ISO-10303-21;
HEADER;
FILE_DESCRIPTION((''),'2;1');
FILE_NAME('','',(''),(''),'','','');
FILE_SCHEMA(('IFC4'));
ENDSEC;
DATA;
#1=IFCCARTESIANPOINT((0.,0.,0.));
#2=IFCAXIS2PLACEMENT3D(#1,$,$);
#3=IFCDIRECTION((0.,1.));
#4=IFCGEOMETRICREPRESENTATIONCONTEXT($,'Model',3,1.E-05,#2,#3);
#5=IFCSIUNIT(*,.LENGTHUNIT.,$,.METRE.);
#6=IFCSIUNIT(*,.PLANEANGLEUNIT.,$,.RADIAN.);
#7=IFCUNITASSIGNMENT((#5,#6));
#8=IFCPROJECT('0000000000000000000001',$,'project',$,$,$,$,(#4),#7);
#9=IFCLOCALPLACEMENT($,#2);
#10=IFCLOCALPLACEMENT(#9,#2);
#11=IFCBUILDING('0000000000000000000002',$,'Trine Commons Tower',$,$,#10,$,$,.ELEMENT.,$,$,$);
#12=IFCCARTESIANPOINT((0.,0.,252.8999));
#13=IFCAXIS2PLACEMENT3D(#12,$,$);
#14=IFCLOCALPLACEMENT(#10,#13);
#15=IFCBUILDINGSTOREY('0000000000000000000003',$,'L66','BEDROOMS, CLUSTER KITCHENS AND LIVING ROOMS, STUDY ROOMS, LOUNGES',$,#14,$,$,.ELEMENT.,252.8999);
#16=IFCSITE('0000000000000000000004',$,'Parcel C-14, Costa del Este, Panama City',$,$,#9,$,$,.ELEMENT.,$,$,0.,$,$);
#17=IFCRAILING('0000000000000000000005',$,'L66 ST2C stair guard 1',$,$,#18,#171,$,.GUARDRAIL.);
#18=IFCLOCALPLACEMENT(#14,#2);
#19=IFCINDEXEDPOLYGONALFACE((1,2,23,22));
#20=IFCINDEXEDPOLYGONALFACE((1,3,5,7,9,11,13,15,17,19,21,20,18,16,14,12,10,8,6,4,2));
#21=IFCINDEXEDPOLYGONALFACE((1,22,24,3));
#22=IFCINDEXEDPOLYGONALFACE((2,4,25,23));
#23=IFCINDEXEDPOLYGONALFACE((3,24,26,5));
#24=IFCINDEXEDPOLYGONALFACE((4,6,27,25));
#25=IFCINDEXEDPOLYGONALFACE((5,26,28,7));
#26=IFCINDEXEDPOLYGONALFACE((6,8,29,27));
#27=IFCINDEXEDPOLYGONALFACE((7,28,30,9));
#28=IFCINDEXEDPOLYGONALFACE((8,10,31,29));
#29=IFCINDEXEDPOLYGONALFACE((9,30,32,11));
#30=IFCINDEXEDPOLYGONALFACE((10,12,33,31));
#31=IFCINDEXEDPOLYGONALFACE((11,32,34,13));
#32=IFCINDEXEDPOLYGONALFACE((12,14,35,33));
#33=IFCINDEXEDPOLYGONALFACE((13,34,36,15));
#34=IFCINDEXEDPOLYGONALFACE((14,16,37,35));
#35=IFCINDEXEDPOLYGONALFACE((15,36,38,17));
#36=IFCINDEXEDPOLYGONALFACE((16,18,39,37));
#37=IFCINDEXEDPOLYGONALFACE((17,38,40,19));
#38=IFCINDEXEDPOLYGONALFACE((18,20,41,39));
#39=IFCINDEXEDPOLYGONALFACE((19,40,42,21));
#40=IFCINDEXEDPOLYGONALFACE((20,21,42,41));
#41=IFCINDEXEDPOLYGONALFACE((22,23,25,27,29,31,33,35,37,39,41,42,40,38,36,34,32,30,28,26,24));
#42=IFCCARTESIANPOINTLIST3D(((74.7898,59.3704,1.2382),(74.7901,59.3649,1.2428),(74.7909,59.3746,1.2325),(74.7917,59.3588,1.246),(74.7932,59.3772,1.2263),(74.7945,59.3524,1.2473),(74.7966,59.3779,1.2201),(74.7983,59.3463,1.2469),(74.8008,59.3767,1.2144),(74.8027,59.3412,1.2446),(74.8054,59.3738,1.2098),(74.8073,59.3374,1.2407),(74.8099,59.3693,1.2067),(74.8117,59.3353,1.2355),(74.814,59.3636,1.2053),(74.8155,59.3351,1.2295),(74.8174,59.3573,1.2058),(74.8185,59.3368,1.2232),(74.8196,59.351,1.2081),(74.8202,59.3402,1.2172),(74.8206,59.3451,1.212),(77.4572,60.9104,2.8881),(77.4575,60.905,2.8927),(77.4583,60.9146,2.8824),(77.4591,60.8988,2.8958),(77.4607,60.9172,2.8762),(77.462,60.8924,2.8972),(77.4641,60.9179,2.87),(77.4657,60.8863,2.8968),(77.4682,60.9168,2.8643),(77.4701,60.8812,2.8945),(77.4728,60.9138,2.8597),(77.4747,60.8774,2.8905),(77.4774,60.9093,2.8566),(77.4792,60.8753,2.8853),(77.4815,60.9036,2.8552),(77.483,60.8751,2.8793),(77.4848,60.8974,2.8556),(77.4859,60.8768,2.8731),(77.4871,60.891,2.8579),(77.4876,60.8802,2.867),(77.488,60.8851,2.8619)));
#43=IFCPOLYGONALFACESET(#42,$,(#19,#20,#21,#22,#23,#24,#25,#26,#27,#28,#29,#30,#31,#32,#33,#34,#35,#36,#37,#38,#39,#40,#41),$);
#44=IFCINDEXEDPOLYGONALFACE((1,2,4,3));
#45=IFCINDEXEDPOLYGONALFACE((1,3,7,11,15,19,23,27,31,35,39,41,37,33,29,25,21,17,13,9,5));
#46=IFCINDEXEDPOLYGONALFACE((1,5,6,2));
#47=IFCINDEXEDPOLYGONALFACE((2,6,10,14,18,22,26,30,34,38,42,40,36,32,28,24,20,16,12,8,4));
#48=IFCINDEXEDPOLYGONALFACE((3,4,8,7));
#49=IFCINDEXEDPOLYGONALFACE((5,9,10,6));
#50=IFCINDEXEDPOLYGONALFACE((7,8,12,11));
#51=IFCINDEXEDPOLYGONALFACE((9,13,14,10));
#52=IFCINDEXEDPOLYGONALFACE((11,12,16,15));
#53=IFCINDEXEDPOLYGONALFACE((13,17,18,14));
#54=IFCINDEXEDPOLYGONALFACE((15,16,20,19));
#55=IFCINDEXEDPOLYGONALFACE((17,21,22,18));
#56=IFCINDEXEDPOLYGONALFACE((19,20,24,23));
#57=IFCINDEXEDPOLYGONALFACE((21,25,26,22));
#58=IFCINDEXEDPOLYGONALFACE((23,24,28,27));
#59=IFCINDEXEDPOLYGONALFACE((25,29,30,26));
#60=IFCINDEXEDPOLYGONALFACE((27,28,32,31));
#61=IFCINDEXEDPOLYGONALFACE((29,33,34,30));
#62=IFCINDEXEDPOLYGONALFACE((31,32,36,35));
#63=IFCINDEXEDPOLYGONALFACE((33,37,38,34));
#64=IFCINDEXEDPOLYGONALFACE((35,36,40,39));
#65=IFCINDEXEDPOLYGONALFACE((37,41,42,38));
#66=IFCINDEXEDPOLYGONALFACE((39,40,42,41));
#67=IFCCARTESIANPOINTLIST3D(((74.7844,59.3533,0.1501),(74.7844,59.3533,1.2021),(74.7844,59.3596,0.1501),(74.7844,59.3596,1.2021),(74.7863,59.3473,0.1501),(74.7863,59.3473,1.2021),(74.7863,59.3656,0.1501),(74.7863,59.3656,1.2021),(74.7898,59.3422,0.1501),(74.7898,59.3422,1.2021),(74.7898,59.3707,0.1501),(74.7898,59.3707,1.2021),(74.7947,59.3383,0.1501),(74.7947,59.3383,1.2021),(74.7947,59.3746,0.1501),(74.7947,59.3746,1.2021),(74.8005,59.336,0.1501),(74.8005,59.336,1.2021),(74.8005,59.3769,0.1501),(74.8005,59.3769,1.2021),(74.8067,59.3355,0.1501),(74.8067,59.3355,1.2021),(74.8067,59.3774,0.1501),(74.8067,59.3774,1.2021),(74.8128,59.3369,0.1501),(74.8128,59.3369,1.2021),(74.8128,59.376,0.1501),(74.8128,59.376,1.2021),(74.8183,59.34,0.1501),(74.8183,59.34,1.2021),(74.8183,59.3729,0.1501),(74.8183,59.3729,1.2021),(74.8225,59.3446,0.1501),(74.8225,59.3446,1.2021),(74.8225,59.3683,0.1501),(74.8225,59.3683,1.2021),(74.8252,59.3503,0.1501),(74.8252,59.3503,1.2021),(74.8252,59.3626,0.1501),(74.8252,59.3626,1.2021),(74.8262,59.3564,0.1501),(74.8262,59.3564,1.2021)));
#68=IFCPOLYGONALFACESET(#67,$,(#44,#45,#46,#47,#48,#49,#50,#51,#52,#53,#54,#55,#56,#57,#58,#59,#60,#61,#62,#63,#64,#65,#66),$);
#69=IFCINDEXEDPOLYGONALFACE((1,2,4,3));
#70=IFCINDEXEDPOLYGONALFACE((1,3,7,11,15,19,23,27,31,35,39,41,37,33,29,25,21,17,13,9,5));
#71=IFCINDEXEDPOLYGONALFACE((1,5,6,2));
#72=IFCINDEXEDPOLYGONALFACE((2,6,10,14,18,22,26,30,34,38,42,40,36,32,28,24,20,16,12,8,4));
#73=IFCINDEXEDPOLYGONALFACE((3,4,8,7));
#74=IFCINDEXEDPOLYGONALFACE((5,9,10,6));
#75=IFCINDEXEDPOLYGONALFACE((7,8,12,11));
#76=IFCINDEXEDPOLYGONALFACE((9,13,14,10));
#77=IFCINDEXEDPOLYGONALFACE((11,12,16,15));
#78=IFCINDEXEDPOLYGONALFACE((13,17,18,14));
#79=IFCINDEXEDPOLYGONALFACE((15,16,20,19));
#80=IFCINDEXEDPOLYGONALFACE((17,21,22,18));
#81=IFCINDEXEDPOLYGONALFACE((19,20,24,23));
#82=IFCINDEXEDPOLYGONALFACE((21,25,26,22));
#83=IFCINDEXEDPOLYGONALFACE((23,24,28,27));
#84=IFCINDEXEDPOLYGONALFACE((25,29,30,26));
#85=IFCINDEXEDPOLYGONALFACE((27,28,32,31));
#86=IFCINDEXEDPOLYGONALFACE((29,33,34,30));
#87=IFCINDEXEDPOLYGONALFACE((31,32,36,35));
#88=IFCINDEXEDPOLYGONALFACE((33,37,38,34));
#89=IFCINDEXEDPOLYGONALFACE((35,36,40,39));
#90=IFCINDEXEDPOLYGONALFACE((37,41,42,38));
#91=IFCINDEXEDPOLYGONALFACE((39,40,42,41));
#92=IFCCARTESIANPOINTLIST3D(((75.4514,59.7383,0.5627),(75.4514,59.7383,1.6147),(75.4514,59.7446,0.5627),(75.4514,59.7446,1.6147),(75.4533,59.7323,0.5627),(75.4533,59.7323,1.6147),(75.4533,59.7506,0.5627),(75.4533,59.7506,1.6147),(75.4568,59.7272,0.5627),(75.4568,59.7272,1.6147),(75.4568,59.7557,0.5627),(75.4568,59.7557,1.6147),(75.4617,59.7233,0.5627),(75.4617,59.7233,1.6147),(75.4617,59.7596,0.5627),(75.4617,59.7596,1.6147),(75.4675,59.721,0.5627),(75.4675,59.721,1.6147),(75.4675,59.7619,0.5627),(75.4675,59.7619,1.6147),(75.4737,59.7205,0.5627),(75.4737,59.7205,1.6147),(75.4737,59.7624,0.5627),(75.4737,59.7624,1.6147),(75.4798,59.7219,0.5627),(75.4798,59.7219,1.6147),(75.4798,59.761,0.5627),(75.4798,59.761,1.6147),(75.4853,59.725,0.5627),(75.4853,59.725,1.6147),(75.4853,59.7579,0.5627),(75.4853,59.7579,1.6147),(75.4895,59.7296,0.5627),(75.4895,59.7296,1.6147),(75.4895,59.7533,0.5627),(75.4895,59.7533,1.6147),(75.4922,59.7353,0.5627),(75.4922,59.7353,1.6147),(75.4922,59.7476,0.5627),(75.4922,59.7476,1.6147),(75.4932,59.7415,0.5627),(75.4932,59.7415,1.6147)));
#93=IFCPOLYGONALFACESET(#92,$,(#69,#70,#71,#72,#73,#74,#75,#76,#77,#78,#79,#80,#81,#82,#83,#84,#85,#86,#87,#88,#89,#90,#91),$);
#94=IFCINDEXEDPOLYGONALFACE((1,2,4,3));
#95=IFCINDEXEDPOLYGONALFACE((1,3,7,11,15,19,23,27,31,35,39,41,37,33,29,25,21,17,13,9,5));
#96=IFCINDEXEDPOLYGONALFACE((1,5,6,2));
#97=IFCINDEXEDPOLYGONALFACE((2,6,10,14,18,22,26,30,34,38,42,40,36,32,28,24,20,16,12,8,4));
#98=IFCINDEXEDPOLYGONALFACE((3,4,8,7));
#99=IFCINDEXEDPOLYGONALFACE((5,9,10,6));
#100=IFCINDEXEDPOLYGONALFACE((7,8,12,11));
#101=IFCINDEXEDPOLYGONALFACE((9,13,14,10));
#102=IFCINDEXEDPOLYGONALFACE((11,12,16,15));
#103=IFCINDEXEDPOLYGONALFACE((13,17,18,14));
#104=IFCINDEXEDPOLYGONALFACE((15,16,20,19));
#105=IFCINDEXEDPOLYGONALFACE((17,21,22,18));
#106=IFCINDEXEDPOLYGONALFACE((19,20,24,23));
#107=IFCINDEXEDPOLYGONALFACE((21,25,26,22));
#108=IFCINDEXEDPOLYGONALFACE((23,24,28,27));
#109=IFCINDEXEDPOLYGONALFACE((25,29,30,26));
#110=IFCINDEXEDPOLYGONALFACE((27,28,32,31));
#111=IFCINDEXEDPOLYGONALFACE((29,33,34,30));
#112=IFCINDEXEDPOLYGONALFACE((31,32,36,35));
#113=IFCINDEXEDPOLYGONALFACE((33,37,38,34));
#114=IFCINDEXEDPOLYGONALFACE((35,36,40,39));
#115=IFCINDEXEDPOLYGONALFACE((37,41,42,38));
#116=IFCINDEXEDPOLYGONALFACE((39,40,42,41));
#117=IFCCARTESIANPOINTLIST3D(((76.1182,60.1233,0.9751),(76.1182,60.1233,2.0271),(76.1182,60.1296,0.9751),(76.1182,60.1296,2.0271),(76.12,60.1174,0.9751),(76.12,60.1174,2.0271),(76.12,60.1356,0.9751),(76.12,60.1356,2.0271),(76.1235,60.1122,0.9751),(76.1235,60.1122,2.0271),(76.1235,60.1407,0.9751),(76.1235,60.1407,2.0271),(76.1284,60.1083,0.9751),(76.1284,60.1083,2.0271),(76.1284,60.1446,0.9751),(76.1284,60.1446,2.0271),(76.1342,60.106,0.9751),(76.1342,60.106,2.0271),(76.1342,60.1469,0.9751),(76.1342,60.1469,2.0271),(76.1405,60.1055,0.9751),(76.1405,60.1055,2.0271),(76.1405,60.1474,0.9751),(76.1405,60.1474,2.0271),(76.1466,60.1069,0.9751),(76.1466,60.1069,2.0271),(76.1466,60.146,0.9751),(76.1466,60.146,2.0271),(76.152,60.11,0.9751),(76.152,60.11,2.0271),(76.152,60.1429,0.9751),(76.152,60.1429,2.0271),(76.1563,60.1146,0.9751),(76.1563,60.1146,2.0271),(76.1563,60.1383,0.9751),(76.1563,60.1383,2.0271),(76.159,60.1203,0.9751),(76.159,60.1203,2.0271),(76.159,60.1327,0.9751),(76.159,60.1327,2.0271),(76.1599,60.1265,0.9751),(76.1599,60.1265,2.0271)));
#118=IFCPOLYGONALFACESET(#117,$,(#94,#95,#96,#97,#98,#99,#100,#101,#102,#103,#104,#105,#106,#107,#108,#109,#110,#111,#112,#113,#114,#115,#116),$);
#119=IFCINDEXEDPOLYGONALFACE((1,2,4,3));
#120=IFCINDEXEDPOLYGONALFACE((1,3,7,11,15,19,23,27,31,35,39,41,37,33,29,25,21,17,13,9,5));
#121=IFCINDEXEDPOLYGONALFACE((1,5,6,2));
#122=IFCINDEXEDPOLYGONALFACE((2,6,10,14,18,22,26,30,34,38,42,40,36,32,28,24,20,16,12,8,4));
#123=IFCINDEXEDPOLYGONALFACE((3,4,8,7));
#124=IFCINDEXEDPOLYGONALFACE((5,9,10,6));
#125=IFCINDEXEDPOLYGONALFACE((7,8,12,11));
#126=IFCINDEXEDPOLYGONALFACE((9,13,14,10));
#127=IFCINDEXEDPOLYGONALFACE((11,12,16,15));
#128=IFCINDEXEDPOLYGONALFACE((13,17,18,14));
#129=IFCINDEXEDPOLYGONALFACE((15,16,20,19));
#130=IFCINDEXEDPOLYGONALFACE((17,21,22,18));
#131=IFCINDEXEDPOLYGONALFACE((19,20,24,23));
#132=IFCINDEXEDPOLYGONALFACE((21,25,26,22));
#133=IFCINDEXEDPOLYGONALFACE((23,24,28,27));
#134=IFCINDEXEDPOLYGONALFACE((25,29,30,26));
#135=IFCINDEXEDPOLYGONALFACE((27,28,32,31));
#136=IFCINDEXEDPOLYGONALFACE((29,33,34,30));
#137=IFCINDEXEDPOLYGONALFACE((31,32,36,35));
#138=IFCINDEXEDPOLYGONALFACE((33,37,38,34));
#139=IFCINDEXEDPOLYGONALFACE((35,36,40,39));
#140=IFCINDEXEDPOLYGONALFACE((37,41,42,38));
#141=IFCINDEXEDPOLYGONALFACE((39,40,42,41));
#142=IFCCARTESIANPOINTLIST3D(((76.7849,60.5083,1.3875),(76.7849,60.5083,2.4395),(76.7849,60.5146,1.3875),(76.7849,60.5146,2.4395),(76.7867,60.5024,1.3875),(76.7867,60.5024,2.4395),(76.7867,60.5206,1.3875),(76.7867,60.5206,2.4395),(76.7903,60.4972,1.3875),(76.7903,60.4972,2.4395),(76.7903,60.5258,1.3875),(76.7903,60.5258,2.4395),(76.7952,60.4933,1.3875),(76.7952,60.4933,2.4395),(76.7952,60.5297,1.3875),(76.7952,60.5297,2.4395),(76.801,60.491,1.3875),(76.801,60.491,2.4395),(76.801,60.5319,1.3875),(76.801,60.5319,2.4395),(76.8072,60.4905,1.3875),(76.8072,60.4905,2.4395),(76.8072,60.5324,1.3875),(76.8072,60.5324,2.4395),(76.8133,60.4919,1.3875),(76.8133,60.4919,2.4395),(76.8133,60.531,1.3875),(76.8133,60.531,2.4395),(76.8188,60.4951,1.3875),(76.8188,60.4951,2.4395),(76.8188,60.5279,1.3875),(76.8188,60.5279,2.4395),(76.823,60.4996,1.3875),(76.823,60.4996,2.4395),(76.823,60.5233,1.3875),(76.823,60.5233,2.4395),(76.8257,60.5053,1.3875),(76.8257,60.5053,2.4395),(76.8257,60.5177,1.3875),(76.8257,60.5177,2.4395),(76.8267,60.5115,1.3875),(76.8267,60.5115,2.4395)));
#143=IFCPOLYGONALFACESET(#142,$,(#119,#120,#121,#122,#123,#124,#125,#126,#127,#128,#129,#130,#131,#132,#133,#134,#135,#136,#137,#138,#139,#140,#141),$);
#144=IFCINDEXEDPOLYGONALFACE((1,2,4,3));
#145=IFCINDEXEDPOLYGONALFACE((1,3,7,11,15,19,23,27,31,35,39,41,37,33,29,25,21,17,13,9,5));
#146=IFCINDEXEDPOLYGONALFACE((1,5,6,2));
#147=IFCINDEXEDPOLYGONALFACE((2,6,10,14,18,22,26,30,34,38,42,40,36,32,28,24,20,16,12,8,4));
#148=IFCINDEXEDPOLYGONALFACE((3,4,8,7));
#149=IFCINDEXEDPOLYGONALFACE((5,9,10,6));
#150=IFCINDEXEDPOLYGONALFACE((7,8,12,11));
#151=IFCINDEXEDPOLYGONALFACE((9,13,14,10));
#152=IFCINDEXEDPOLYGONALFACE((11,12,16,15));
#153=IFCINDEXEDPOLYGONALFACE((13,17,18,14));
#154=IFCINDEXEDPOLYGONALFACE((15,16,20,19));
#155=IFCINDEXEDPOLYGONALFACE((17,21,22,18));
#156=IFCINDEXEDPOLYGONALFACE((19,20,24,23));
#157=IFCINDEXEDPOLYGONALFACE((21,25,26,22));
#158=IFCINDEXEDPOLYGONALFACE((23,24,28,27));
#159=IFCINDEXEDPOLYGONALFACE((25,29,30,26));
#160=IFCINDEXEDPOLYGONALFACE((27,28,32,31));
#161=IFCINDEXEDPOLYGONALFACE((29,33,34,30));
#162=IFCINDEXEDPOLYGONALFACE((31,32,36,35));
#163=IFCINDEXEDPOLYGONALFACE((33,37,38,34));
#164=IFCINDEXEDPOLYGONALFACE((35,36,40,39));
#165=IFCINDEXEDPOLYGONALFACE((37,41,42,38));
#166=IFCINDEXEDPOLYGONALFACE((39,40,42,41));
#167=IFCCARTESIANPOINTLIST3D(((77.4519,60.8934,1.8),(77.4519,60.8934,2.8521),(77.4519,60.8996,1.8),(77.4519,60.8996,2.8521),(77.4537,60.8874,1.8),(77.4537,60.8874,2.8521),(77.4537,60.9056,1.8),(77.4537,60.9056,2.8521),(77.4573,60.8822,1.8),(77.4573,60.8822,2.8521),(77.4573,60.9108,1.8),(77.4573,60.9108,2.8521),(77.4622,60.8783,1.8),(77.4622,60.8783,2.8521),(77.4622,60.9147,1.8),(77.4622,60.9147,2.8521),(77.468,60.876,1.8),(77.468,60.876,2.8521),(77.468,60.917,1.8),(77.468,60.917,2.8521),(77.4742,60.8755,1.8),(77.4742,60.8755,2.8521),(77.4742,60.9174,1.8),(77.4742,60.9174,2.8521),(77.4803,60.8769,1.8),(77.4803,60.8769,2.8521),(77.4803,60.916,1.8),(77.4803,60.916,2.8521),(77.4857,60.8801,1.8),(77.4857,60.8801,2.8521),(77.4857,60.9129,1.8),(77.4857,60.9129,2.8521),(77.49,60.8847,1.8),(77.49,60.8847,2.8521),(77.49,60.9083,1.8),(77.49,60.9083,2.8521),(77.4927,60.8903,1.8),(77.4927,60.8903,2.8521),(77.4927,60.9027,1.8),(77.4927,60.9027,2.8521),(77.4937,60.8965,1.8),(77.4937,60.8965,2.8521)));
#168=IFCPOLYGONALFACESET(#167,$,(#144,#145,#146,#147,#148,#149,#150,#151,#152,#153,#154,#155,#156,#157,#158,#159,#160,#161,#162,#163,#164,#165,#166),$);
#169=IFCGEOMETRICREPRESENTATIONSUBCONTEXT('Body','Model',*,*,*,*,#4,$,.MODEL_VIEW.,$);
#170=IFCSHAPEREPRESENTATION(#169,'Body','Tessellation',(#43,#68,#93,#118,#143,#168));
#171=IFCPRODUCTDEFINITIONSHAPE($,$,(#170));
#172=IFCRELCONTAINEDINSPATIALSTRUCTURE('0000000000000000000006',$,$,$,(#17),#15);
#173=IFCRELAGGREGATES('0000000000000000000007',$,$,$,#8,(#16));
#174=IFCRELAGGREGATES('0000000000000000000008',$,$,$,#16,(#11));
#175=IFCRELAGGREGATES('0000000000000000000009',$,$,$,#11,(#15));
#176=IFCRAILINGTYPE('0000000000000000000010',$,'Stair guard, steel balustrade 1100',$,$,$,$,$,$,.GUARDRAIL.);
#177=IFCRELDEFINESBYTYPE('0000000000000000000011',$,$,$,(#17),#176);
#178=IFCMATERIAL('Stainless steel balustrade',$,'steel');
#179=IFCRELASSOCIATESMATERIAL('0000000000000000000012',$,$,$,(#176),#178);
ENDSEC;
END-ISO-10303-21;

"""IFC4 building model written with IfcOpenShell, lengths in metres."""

from ifc_helpers import new_model, si_unit, direction, frame, origin, origin_2d, place, context, subcontext, project, spatial, circle, extrude, material, type_object, element, save


model = new_model("IFC4")

# Units and contexts
model_context = context("Model", 3, precision=1e-05, world=origin(), true_north=direction((0.0, 1.0)))
body_context = subcontext(model_context, "Body", "Model", "MODEL_VIEW")
ifc_project = project(units=[si_unit("LENGTHUNIT", "METRE"), si_unit("PLANEANGLEUNIT", "RADIAN")], contexts=[model_context])

# Site, building, storey
site_placement = place(None, origin())
site = spatial("IfcSite", under=ifc_project, at=site_placement, Name="Parcel C-14, Costa del Este, Panama City", CompositionType="ELEMENT", RefElevation=0.0)
building_placement = place(site_placement, origin())
building = spatial("IfcBuilding", under=site, at=building_placement, Name="Trine Commons Tower", CompositionType="ELEMENT")
storey_placement = place(building_placement, frame((0.0, 0.0, 252.8999)))
storey = spatial("IfcBuildingStorey", under=building, at=storey_placement, Name="L66", Description="BEDROOMS, CLUSTER KITCHENS AND LIVING ROOMS, STUDY ROOMS, LOUNGES", CompositionType="ELEMENT", Elevation=252.8999)

# Railing
ifc_material_1 = material(Name="Stainless steel balustrade", Category="steel")
railing_type_1 = type_object("IfcRailingType", Name="Stair guard, steel balustrade 1100", PredefinedType="GUARDRAIL", material=ifc_material_1)
railing_1_placement = place(storey_placement, frame((74.8052, 59.3564, 0.1501)))
element("IfcRailing", 1, at=railing_1_placement, inside=storey, type_object=railing_type_1, Name="L66 ST2C stair guard 1", PredefinedType="GUARDRAIL", context=body_context, shape_type="SweptSolid", body=[
    extrude(circle(Radius=0.0239, at=origin_2d()), frame((0.0, 0.0, 1.0762), z_axis=(0.763405, 0.440743, 0.472185), x_axis=(-0.499992, 0.86603, 0.0)), (0.0, 0.0, 1.0), 3.4941),
    extrude(circle(Radius=0.021, at=origin_2d()), origin(), (0.0, 0.0, 1.0), 1.052),
    extrude(circle(Radius=0.021, at=origin_2d()), frame((0.667, 0.385, 0.4126)), (0.0, 0.0, 1.0), 1.052),
    extrude(circle(Radius=0.021, at=origin_2d()), frame((1.3337, 0.77, 0.825)), (0.0, 0.0, 1.0), 1.052),
    extrude(circle(Radius=0.021, at=origin_2d()), frame((2.0005, 1.155, 1.2373)), (0.0, 0.0, 1.0), 1.052),
    extrude(circle(Radius=0.021, at=origin_2d()), frame((2.6675, 1.54, 1.6499)), (0.0, 0.0, 1.0), 1.052),
])

save(model, "model.ifc")
